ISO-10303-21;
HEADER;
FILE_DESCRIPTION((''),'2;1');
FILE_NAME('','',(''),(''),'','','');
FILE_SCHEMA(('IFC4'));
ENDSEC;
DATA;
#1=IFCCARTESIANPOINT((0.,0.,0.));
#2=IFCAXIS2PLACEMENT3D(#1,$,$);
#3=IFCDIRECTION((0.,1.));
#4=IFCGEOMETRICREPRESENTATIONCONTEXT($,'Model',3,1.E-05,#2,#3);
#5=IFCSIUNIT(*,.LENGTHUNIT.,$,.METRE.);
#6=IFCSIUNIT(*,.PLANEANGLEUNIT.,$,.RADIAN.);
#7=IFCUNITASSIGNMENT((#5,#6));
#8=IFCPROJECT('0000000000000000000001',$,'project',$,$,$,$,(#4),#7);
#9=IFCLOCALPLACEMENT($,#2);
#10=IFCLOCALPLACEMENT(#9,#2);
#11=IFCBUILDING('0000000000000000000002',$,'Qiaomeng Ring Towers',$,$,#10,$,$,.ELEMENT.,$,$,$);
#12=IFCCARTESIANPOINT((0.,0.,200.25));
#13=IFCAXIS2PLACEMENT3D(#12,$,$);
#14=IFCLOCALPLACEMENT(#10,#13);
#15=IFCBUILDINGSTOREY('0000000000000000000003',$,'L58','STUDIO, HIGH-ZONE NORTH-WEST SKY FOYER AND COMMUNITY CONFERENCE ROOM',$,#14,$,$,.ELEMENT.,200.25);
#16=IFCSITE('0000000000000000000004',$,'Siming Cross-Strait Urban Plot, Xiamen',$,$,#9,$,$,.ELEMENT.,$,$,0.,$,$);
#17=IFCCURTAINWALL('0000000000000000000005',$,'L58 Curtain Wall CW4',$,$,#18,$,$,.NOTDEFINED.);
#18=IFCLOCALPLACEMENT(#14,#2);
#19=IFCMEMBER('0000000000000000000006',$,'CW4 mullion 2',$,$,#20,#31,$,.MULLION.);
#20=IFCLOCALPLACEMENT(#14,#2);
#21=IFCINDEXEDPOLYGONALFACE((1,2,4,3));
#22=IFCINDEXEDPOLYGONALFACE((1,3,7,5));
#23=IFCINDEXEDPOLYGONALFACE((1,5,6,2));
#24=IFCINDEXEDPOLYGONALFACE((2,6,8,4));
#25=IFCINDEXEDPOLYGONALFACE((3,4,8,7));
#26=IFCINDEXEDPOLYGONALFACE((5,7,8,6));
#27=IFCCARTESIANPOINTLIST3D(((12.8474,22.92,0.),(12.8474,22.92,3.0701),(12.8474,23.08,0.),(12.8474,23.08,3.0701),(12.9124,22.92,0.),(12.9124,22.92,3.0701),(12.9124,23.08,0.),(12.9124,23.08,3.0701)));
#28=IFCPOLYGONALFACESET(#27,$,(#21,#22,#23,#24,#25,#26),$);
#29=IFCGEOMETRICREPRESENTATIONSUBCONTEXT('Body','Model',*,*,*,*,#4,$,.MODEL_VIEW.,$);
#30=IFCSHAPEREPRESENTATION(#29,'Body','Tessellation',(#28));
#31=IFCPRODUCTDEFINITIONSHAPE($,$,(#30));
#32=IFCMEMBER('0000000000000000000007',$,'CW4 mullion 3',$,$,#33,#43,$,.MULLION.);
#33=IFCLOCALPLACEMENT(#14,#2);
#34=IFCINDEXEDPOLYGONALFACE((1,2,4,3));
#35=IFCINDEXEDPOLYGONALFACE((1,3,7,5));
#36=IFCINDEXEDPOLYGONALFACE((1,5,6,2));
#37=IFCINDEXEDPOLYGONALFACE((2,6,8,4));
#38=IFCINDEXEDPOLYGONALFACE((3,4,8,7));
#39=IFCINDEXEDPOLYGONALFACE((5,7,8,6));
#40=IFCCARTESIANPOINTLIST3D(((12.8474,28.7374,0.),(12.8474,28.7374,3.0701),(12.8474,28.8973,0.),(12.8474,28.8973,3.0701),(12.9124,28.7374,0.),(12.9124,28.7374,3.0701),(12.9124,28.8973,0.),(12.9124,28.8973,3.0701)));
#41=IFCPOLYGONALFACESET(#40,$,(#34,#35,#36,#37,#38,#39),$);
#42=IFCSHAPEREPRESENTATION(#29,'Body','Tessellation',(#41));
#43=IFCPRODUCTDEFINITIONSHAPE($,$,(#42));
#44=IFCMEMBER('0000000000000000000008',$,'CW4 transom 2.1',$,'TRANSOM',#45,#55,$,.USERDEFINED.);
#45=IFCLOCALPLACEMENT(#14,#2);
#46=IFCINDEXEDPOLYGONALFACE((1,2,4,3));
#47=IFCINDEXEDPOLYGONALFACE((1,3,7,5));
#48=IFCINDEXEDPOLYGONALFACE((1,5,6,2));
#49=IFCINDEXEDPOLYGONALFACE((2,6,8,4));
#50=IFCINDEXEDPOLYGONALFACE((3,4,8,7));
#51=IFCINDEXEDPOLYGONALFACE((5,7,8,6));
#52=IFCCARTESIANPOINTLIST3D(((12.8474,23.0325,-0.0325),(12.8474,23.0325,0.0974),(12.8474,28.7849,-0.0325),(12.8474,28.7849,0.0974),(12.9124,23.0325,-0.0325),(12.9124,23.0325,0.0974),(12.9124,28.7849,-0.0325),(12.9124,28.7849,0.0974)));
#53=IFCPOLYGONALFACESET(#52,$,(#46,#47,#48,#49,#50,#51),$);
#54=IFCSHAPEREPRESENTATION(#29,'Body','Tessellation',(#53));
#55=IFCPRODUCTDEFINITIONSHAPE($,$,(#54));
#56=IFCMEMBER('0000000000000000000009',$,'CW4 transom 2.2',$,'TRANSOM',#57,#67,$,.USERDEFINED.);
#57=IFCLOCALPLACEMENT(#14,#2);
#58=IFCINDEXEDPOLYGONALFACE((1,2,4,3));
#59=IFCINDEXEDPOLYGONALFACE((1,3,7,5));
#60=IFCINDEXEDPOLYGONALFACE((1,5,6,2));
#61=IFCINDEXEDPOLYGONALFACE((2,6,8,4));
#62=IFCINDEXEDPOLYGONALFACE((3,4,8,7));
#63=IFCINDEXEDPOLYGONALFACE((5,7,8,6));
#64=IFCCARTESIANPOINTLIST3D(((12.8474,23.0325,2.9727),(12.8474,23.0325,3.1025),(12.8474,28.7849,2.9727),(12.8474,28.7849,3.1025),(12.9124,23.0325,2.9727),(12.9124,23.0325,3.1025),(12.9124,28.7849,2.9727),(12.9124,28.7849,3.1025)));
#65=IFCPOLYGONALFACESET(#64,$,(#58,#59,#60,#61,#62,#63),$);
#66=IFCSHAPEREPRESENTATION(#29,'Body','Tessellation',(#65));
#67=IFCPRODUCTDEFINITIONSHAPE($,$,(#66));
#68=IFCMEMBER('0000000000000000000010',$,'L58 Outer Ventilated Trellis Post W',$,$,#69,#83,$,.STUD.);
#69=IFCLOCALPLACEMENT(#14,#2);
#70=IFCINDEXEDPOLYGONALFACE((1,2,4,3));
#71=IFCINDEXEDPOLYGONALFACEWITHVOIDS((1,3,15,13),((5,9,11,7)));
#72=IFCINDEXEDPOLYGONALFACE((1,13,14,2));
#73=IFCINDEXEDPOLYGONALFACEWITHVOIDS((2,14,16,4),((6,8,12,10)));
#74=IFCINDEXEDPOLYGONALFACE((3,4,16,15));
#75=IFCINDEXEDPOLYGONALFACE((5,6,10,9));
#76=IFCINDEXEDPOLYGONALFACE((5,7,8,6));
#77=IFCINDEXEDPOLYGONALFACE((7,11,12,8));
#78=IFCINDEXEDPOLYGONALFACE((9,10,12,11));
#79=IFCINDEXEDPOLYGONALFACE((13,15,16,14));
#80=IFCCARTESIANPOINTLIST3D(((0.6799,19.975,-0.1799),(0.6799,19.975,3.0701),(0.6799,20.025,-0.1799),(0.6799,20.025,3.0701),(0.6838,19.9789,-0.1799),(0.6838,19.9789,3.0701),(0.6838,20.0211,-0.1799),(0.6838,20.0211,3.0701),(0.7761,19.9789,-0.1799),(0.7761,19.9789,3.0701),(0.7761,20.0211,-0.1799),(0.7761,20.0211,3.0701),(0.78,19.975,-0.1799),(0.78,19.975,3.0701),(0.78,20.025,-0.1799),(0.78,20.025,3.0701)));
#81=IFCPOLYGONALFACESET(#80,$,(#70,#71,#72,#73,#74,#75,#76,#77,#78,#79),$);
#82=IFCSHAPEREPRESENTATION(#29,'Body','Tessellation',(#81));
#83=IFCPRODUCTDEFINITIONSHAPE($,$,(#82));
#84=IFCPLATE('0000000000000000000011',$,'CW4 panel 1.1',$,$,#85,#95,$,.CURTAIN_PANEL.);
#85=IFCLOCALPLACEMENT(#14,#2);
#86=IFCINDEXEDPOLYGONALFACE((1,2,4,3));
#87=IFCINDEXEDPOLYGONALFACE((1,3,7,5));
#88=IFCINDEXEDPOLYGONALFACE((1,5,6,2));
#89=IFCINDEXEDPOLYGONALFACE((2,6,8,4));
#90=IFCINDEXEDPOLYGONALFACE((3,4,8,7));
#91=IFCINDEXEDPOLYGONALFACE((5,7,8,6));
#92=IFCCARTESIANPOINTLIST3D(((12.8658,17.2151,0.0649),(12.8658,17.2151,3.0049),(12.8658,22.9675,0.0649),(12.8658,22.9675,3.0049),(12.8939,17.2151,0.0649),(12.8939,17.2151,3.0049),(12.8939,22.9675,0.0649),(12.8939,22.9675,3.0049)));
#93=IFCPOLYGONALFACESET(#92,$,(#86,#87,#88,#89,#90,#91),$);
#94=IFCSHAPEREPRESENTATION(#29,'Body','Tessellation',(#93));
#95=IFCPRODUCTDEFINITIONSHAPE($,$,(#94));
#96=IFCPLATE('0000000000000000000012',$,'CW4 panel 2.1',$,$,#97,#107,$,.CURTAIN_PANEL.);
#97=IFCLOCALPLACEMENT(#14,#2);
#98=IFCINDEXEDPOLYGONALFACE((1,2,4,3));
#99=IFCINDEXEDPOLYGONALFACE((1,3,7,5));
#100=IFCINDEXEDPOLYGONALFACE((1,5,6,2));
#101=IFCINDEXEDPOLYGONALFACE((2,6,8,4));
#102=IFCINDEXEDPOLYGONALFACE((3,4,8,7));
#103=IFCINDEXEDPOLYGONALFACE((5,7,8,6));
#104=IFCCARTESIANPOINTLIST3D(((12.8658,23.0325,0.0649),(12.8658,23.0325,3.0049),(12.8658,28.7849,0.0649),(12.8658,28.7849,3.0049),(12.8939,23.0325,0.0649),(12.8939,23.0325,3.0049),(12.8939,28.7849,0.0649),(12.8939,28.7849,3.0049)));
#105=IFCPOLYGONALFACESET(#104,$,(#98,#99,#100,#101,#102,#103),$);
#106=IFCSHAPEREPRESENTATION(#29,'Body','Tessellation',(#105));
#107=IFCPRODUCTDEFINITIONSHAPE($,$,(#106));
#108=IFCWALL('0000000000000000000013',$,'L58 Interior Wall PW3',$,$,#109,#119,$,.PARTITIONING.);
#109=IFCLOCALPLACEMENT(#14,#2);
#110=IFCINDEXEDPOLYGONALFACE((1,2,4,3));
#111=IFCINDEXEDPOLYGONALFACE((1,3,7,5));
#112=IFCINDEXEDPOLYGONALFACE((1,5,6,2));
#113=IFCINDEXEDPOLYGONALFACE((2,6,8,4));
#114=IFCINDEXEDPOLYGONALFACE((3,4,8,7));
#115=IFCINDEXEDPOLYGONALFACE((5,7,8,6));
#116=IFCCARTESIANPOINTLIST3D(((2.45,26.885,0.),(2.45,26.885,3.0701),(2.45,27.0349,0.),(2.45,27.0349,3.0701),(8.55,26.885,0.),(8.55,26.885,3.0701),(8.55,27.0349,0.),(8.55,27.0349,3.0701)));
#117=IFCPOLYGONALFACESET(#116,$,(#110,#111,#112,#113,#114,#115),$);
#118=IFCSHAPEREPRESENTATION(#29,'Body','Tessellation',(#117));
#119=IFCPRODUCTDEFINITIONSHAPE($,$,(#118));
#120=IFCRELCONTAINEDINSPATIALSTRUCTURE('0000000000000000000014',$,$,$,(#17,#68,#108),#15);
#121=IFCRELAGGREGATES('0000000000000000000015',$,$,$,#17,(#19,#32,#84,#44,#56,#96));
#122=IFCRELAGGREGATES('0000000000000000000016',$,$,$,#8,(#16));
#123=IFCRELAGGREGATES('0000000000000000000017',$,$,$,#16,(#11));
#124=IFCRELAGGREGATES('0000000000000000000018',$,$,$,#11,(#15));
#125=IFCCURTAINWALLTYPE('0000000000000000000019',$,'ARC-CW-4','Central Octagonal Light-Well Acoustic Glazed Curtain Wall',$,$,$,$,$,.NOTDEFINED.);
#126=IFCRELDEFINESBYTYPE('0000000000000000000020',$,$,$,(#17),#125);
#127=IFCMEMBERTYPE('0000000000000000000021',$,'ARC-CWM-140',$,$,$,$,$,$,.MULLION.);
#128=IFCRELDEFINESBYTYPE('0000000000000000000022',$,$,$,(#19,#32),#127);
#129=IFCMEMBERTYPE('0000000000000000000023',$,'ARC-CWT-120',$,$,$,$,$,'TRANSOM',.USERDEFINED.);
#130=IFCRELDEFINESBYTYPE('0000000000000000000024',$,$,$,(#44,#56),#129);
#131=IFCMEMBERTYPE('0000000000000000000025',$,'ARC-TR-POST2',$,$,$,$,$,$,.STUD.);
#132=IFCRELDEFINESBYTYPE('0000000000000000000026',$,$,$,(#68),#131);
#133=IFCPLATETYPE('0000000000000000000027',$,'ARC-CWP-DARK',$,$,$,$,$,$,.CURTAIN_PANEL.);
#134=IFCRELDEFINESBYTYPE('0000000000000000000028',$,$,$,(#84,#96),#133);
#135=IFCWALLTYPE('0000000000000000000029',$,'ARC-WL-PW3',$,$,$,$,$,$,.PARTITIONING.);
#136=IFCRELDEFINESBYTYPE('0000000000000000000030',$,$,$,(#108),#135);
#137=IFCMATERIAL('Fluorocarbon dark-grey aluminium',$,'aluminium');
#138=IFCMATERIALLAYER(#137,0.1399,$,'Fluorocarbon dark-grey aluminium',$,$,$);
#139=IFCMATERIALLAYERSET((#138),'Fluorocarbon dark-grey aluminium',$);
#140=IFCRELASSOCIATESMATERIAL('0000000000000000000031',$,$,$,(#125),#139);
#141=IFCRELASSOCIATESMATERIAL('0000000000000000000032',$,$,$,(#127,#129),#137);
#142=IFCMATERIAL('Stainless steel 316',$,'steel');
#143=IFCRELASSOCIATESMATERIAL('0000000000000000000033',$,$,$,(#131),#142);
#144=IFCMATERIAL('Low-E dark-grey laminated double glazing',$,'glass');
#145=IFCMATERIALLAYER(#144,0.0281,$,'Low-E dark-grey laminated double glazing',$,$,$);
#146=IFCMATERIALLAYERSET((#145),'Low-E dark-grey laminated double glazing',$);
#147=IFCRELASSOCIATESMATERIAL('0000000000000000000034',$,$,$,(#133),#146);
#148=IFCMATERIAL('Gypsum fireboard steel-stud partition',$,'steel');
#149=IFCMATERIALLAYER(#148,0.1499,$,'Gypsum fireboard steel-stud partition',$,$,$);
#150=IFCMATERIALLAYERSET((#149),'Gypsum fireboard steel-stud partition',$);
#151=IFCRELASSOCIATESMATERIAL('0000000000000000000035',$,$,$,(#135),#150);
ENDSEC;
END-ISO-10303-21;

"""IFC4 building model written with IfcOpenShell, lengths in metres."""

from ifc_helpers import new_model, si_unit, direction, frame, frame_2d, origin, origin_2d, place, context, subcontext, project, spatial, rectangle, hollow_rectangle, extrude, source, transform, mapped, material, layer, layer_set, material_profile, profile_set, type_object, element, aggregate, save


model = new_model("IFC4")

# Units and contexts
model_context = context("Model", 3, precision=1e-05, world=origin(), true_north=direction((0.0, 1.0)))
body_context = subcontext(model_context, "Body", "Model", "MODEL_VIEW")
ifc_project = project(units=[si_unit("LENGTHUNIT", "METRE"), si_unit("PLANEANGLEUNIT", "RADIAN")], contexts=[model_context])

# Site, building, storey
site_placement = place(None, origin())
site = spatial("IfcSite", under=ifc_project, at=site_placement, Name="Siming Cross-Strait Urban Plot, Xiamen", CompositionType="ELEMENT", RefElevation=0.0)
building_placement = place(site_placement, origin())
building = spatial("IfcBuilding", under=site, at=building_placement, Name="Qiaomeng Ring Towers", CompositionType="ELEMENT")
storey_placement = place(building_placement, frame((0.0, 0.0, 200.25)))
storey = spatial("IfcBuildingStorey", under=building, at=storey_placement, Name="L58", Description="STUDIO, HIGH-ZONE NORTH-WEST SKY FOYER AND COMMUNITY CONFERENCE ROOM", CompositionType="ELEMENT", Elevation=200.25)

# Curtain wall, members
ifc_material_1 = material(Name="Fluorocarbon dark-grey aluminium", Category="aluminium")
ifc_layer_1 = layer(ifc_material_1, 0.1399, Name="Fluorocarbon dark-grey aluminium")
ifc_layer_set_1 = layer_set([ifc_layer_1], Name="Fluorocarbon dark-grey aluminium")
curtain_wall_type = type_object("IfcCurtainWallType", Name="ARC-CW-4", Description="Central Octagonal Light-Well Acoustic Glazed Curtain Wall", PredefinedType="NOTDEFINED", material=ifc_layer_set_1)
curtain_wall_placement = place(storey_placement, origin())
curtain_wall = element("IfcCurtainWall", 1, at=curtain_wall_placement, inside=storey, type_object=curtain_wall_type, Name="L58 Curtain Wall CW4", PredefinedType="NOTDEFINED")
ifc_material_profile_1 = material_profile(ifc_material_1, rectangle(XDim=0.0649, YDim=0.1599, at=origin_2d()), Name="ALU MULL 65x160")
ifc_profile_set_1 = profile_set([ifc_material_profile_1], Name="Fluorocarbon dark-grey aluminium")
member_type_1 = type_object("IfcMemberType", Name="ARC-CWM-140", PredefinedType="MULLION", material=ifc_profile_set_1)
shared_shape_1 = source(origin(), body_context, "Body", "SweptSolid", [
    extrude(rectangle(XDim=0.0649, YDim=0.1599, at=origin_2d()), origin(), (0.0, 0.0, 1.0), 3.0701),
])
member_1_placement = place(storey_placement, frame((12.8799, 23.0, 0.0), z_axis=(0.0, 0.0, 1.0), x_axis=(-1.0, 0.0, 0.0)))
member_1 = element("IfcMember", 2, at=member_1_placement, type_object=member_type_1, Name="CW4 mullion 2", PredefinedType="MULLION", context=body_context, shape_type="MappedRepresentation", body=[
    mapped(shared_shape_1, transform((0.0, 0.0, 0.0), x_axis=(1.0, 0.0, 0.0), y_axis=(0.0, 1.0, 0.0), z_axis=(0.0, 0.0, 1.0), scale=1.0)),
])
member_2_placement = place(storey_placement, frame((12.8799, 28.8174, 0.0), z_axis=(0.0, 0.0, 1.0), x_axis=(-1.0, 0.0, 0.0)))
member_2 = element("IfcMember", 3, at=member_2_placement, type_object=member_type_1, Name="CW4 mullion 3", PredefinedType="MULLION", context=body_context, shape_type="MappedRepresentation", body=[
    mapped(shared_shape_1, transform((0.0, 0.0, 0.0), x_axis=(1.0, 0.0, 0.0), y_axis=(0.0, 1.0, 0.0), z_axis=(0.0, 0.0, 1.0), scale=1.0)),
])
ifc_material_profile_2 = material_profile(ifc_material_1, rectangle(XDim=0.0649, YDim=0.1299, at=origin_2d()), Name="ALU TRAN 65x130")
ifc_profile_set_2 = profile_set([ifc_material_profile_2], Name="Fluorocarbon dark-grey aluminium")
member_type_2 = type_object("IfcMemberType", Name="ARC-CWT-120", ElementType="TRANSOM", PredefinedType="USERDEFINED", material=ifc_profile_set_2)
shared_shape_2 = source(origin(), body_context, "Body", "SweptSolid", [
    extrude(rectangle(XDim=0.0649, YDim=0.1299, at=origin_2d()), origin(), (0.0, 0.0, 1.0), 5.7524),
])
member_3_placement = place(storey_placement, frame((12.8799, 23.0325, 0.0325), z_axis=(0.0, 1.0, 0.0), x_axis=(-1.0, 0.0, 0.0)))
member_3 = element("IfcMember", 4, at=member_3_placement, type_object=member_type_2, Name="CW4 transom 2.1", ObjectType="TRANSOM", PredefinedType="USERDEFINED", context=body_context, shape_type="MappedRepresentation", body=[
    mapped(shared_shape_2, transform((0.0, 0.0, 0.0), x_axis=(1.0, 0.0, 0.0), y_axis=(0.0, 1.0, 0.0), z_axis=(0.0, 0.0, 1.0), scale=1.0)),
])
member_4_placement = place(storey_placement, frame((12.8799, 23.0325, 3.0376), z_axis=(0.0, 1.0, 0.0), x_axis=(-1.0, 0.0, 0.0)))
member_4 = element("IfcMember", 5, at=member_4_placement, type_object=member_type_2, Name="CW4 transom 2.2", ObjectType="TRANSOM", PredefinedType="USERDEFINED", context=body_context, shape_type="MappedRepresentation", body=[
    mapped(shared_shape_2, transform((0.0, 0.0, 0.0), x_axis=(1.0, 0.0, 0.0), y_axis=(0.0, 1.0, 0.0), z_axis=(0.0, 0.0, 1.0), scale=1.0)),
])

# Member
ifc_material_2 = material(Name="Stainless steel 316", Category="steel")
ifc_material_profile_3 = material_profile(ifc_material_2, hollow_rectangle(XDim=0.05, YDim=0.1001, WallThickness=0.0039, at=origin_2d()), Name="SS TRELLIS 100x50")
ifc_profile_set_3 = profile_set([ifc_material_profile_3], Name="Stainless steel 316")
member_type_3 = type_object("IfcMemberType", Name="ARC-TR-POST2", PredefinedType="STUD", material=ifc_profile_set_3)
shared_shape_3 = source(origin(), body_context, "Body", "SweptSolid", [
    extrude(hollow_rectangle(XDim=0.05, YDim=0.1001, WallThickness=0.0039, at=origin_2d()), origin(), (0.0, 0.0, 1.0), 3.25),
])
member_5_placement = place(storey_placement, frame((0.73, 20.0, -0.1799), z_axis=(0.0, 0.0, 1.0), x_axis=(0.0, 1.0, 0.0)))
element("IfcMember", 6, at=member_5_placement, inside=storey, type_object=member_type_3, Name="L58 Outer Ventilated Trellis Post W", PredefinedType="STUD", context=body_context, shape_type="MappedRepresentation", body=[
    mapped(shared_shape_3, transform((0.0, 0.0, 0.0), x_axis=(1.0, 0.0, 0.0), y_axis=(0.0, 1.0, 0.0), z_axis=(0.0, 0.0, 1.0), scale=1.0)),
])

# Plates
ifc_material_3 = material(Name="Low-E dark-grey laminated double glazing", Category="glass")
ifc_layer_2 = layer(ifc_material_3, 0.0281, Name="Low-E dark-grey laminated double glazing")
ifc_layer_set_2 = layer_set([ifc_layer_2], Name="Low-E dark-grey laminated double glazing")
plate_type = type_object("IfcPlateType", Name="ARC-CWP-DARK", PredefinedType="CURTAIN_PANEL", material=ifc_layer_set_2)
shared_shape_4 = source(origin(), body_context, "Body", "SweptSolid", [
    extrude(rectangle(XDim=5.7524, YDim=0.0281, at=origin_2d()), origin(), (0.0, 0.0, 1.0), 2.9399),
])
plate_1_placement = place(storey_placement, frame((12.8799, 20.0913, 0.0649), z_axis=(0.0, 0.0, 1.0), x_axis=(0.0, 1.0, 0.0)))
plate_1 = element("IfcPlate", 7, at=plate_1_placement, type_object=plate_type, Name="CW4 panel 1.1", PredefinedType="CURTAIN_PANEL", context=body_context, shape_type="MappedRepresentation", body=[
    mapped(shared_shape_4, transform((0.0, 0.0, 0.0), x_axis=(1.0, 0.0, 0.0), y_axis=(0.0, 1.0, 0.0), z_axis=(0.0, 0.0, 1.0), scale=1.0)),
])
plate_2_placement = place(storey_placement, frame((12.8799, 25.9087, 0.0649), z_axis=(0.0, 0.0, 1.0), x_axis=(0.0, 1.0, 0.0)))
plate_2 = element("IfcPlate", 8, at=plate_2_placement, type_object=plate_type, Name="CW4 panel 2.1", PredefinedType="CURTAIN_PANEL", context=body_context, shape_type="MappedRepresentation", body=[
    mapped(shared_shape_4, transform((0.0, 0.0, 0.0), x_axis=(1.0, 0.0, 0.0), y_axis=(0.0, 1.0, 0.0), z_axis=(0.0, 0.0, 1.0), scale=1.0)),
])
aggregate(curtain_wall, [member_1, member_2, plate_1, member_3, member_4, plate_2])

# Wall
ifc_material_4 = material(Name="Gypsum fireboard steel-stud partition", Category="steel")
ifc_layer_3 = layer(ifc_material_4, 0.1499, Name="Gypsum fireboard steel-stud partition")
ifc_layer_set_3 = layer_set([ifc_layer_3], Name="Gypsum fireboard steel-stud partition")
wall_type_1 = type_object("IfcWallType", Name="ARC-WL-PW3", PredefinedType="PARTITIONING", material=ifc_layer_set_3)
wall_1_placement = place(storey_placement, frame((2.45, 26.96, 0.0), z_axis=(0.0, 0.0, 1.0), x_axis=(1.0, 0.0, 0.0)))
element("IfcWall", 9, at=wall_1_placement, inside=storey, type_object=wall_type_1, Name="L58 Interior Wall PW3", PredefinedType="PARTITIONING", context=body_context, shape_type="SweptSolid", body=[
    extrude(rectangle(XDim=6.1001, YDim=0.1499, at=frame_2d((3.05, 0.0))), origin(), (0.0, 0.0, 1.0), 3.0701),
])

save(model, "model.ifc")
